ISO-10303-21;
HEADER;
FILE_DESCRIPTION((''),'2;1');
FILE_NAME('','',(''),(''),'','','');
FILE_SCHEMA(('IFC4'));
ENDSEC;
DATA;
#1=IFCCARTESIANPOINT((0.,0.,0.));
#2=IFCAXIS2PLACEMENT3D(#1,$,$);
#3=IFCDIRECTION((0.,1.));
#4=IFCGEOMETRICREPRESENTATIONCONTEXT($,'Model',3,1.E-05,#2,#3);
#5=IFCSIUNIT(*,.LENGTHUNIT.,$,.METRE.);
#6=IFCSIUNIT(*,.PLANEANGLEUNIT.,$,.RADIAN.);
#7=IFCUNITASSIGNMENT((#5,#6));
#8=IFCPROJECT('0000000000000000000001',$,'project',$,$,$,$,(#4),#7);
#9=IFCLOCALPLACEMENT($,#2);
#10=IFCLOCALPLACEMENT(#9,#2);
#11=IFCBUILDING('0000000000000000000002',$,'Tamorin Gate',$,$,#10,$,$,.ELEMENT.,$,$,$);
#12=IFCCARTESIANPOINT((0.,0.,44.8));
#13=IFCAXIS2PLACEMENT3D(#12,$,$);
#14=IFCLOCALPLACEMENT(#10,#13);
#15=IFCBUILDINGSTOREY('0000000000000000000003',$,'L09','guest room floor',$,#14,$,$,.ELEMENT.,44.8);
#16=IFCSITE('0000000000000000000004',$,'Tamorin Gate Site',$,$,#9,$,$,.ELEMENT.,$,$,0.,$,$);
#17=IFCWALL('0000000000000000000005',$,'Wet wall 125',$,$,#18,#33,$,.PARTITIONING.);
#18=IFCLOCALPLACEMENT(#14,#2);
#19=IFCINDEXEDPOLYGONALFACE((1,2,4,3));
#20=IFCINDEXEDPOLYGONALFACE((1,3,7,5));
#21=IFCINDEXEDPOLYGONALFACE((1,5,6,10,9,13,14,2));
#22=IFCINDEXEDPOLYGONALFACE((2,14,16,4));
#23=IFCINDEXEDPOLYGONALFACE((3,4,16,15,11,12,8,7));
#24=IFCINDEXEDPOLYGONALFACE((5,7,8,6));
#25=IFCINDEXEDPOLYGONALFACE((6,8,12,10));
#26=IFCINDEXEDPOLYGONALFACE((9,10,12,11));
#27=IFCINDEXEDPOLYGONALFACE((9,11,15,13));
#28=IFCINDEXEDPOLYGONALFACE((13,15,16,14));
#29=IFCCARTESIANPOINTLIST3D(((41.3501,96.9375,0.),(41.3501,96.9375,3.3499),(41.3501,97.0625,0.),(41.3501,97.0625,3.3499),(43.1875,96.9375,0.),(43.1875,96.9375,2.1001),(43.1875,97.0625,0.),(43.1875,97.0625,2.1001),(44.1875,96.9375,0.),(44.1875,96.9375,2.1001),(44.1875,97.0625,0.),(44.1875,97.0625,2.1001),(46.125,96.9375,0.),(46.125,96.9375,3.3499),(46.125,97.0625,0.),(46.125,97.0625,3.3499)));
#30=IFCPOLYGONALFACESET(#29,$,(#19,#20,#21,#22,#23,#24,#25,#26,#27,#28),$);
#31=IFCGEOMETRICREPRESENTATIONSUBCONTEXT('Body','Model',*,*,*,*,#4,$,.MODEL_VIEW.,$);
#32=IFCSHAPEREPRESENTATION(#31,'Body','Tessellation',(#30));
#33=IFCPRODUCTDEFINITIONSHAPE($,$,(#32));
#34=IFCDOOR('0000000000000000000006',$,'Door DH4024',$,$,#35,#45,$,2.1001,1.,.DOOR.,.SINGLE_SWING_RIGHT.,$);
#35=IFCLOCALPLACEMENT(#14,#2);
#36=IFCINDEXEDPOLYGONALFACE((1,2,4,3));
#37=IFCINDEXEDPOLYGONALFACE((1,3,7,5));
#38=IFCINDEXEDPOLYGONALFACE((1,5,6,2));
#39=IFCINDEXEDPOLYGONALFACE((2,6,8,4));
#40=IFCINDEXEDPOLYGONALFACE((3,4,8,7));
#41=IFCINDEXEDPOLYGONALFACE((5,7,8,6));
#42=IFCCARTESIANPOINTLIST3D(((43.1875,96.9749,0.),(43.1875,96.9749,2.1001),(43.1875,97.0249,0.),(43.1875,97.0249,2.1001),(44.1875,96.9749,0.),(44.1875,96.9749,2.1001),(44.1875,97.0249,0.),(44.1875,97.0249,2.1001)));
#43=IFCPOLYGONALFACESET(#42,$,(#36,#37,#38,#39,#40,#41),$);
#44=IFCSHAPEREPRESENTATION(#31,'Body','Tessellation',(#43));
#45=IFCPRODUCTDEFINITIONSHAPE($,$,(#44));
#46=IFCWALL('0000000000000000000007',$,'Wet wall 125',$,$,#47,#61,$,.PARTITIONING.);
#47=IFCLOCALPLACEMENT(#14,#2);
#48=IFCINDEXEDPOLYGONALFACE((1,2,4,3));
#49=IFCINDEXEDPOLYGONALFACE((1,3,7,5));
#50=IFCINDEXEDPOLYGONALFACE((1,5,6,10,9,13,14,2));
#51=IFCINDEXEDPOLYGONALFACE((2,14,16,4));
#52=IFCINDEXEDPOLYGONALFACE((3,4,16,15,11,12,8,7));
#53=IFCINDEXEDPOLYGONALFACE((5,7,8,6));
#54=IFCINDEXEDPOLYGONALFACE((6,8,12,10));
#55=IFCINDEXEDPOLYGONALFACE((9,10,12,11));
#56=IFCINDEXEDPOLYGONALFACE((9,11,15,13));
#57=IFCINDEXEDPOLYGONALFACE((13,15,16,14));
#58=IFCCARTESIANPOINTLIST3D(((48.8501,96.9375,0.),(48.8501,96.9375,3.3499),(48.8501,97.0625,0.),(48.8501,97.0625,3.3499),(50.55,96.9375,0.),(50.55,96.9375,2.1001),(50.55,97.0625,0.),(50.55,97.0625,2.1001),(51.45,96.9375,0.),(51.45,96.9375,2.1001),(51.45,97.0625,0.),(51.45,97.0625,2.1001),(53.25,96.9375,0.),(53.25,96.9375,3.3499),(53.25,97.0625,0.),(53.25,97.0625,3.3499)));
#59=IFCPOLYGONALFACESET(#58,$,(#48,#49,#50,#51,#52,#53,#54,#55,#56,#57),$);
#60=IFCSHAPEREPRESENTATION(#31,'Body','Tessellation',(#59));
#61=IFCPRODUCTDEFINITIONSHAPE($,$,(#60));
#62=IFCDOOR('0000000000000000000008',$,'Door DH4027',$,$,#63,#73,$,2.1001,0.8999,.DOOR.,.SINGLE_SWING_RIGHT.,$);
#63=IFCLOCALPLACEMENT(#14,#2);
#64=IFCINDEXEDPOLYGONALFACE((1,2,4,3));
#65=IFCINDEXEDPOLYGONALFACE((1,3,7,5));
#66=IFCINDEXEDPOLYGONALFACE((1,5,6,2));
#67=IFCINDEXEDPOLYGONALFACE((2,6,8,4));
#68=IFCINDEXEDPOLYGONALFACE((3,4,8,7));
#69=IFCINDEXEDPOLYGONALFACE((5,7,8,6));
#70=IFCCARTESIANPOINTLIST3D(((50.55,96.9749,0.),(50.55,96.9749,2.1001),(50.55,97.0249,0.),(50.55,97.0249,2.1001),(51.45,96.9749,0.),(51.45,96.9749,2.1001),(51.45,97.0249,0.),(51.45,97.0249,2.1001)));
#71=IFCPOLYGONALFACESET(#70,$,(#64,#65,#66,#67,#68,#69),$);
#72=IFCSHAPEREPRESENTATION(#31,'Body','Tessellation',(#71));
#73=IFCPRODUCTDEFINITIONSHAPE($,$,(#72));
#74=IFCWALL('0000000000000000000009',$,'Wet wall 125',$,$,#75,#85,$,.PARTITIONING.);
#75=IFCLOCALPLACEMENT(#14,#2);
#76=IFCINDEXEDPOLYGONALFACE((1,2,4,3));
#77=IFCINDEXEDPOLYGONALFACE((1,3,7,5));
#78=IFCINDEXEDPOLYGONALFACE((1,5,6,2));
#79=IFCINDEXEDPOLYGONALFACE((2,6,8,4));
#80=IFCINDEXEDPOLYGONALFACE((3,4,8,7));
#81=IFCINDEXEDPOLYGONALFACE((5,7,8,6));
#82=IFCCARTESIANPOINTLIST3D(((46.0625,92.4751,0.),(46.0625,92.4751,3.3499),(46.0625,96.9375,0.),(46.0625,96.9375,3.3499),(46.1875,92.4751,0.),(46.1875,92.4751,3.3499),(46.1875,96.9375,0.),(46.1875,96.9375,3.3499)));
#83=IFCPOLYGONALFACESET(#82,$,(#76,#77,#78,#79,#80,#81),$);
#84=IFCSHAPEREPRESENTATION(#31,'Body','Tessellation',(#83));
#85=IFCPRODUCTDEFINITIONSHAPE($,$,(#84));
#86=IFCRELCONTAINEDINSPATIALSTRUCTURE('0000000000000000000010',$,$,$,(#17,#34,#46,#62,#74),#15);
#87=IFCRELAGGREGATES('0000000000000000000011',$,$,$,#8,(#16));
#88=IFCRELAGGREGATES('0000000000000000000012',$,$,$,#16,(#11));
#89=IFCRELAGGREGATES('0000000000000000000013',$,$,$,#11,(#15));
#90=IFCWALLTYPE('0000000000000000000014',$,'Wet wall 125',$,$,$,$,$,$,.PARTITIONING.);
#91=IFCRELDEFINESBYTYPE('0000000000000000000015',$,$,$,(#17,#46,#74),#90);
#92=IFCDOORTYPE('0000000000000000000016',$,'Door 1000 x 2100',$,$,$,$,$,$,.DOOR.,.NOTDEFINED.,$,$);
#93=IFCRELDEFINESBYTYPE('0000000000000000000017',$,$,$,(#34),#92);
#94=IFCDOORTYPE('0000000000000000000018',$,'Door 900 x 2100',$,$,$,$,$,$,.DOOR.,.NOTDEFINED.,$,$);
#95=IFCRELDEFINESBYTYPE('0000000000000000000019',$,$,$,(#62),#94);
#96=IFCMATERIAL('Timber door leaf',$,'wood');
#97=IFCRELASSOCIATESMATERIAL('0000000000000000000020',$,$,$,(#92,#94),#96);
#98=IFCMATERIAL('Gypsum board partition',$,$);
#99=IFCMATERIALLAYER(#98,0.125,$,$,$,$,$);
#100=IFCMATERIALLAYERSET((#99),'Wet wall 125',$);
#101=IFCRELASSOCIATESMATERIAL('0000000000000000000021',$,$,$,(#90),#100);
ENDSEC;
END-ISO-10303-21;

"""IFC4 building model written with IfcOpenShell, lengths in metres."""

from ifc_helpers import new_model, si_unit, direction, frame, frame_2d, origin, place, context, subcontext, project, spatial, rectangle, extrude, material, layer, layer_set, type_object, element, fill, save


model = new_model("IFC4")

# Units and contexts
model_context = context("Model", 3, precision=1e-05, world=origin(), true_north=direction((0.0, 1.0)))
body_context = subcontext(model_context, "Body", "Model", "MODEL_VIEW")
ifc_project = project(units=[si_unit("LENGTHUNIT", "METRE"), si_unit("PLANEANGLEUNIT", "RADIAN")], contexts=[model_context])

# Site, building, storey
site_placement = place(None, origin())
site = spatial("IfcSite", under=ifc_project, at=site_placement, Name="Tamorin Gate Site", CompositionType="ELEMENT", RefElevation=0.0)
building_placement = place(site_placement, origin())
building = spatial("IfcBuilding", under=site, at=building_placement, Name="Tamorin Gate", CompositionType="ELEMENT")
storey_placement = place(building_placement, frame((0.0, 0.0, 44.8)))
storey = spatial("IfcBuildingStorey", under=building, at=storey_placement, Name="L09", Description="guest room floor", CompositionType="ELEMENT", Elevation=44.8)

# Shared definitions
ifc_material_1 = material(Name="Gypsum board partition")

# Walls, openings, doors
ifc_material_2 = material(Name="Timber door leaf", Category="wood")
door_type_1 = type_object("IfcDoorType", Name="Door 1000 x 2100", OperationType="NOTDEFINED", PredefinedType="DOOR", material=ifc_material_2)
ifc_layer_1 = layer(ifc_material_1, 0.125)
ifc_layer_set_1 = layer_set([ifc_layer_1], Name="Wet wall 125")
wall_type_1 = type_object("IfcWallType", Name="Wet wall 125", PredefinedType="PARTITIONING", material=ifc_layer_set_1)
wall_1_placement = place(storey_placement, frame((41.3501, 97.0, 0.0), z_axis=(0.0, 0.0, 1.0), x_axis=(1.0, 0.0, 0.0)))
wall_1 = element("IfcWall", 1, at=wall_1_placement, inside=storey, type_object=wall_type_1, Name="Wet wall 125", PredefinedType="PARTITIONING", context=body_context, shape_type="SweptSolid", body=[
    extrude(rectangle(XDim=4.7749, YDim=0.125, at=frame_2d((2.3875, 0.0))), origin(), (0.0, 0.0, 1.0), 3.3499),
])
opening_1_placement = place(wall_1_placement, frame((1.8374, 0.0, 0.0)))
opening_1 = element("IfcOpeningElement", 2, at=opening_1_placement, cuts=wall_1, PredefinedType="OPENING", context=body_context, shape_type="SweptSolid", body=[
    extrude(rectangle(XDim=1.0, YDim=2.1001, at=frame_2d((0.5, 1.05))), frame((0.0, 0.0725, 0.0), z_axis=(0.0, -1.0, 0.0), x_axis=(1.0, 0.0, 0.0)), (0.0, 0.0, 1.0), 0.145),
])
door_1_placement = place(opening_1_placement, origin())
door_1 = element("IfcDoor", 3, at=door_1_placement, inside=storey, type_object=door_type_1, Name="Door DH4024", OperationType="SINGLE_SWING_RIGHT", OverallHeight=2.1001, OverallWidth=1.0, PredefinedType="DOOR", context=body_context, shape_type="SweptSolid", body=[
    extrude(rectangle(XDim=1.0, YDim=2.1001, at=frame_2d((0.5, 1.05))), frame((0.0, 0.0249, 0.0), z_axis=(0.0, -1.0, 0.0), x_axis=(1.0, 0.0, 0.0)), (0.0, 0.0, 1.0), 0.05),
])
fill(opening_1, door_1)
wall_2_placement = place(storey_placement, frame((48.8501, 97.0, 0.0), z_axis=(0.0, 0.0, 1.0), x_axis=(1.0, 0.0, 0.0)))
wall_2 = element("IfcWall", 4, at=wall_2_placement, inside=storey, type_object=wall_type_1, Name="Wet wall 125", PredefinedType="PARTITIONING", context=body_context, shape_type="SweptSolid", body=[
    extrude(rectangle(XDim=4.3999, YDim=0.125, at=frame_2d((2.2, 0.0))), origin(), (0.0, 0.0, 1.0), 3.3499),
])
opening_2_placement = place(wall_2_placement, frame((1.7, 0.0, 0.0)))
opening_2 = element("IfcOpeningElement", 5, at=opening_2_placement, cuts=wall_2, PredefinedType="OPENING", context=body_context, shape_type="SweptSolid", body=[
    extrude(rectangle(XDim=0.8999, YDim=2.1001, at=frame_2d((0.45, 1.05))), frame((0.0, 0.0725, 0.0), z_axis=(0.0, -1.0, 0.0), x_axis=(1.0, 0.0, 0.0)), (0.0, 0.0, 1.0), 0.145),
])
door_type_2 = type_object("IfcDoorType", Name="Door 900 x 2100", OperationType="NOTDEFINED", PredefinedType="DOOR", material=ifc_material_2)
door_2_placement = place(opening_2_placement, origin())
door_2 = element("IfcDoor", 6, at=door_2_placement, inside=storey, type_object=door_type_2, Name="Door DH4027", OperationType="SINGLE_SWING_RIGHT", OverallHeight=2.1001, OverallWidth=0.8999, PredefinedType="DOOR", context=body_context, shape_type="SweptSolid", body=[
    extrude(rectangle(XDim=0.8999, YDim=2.1001, at=frame_2d((0.45, 1.05))), frame((0.0, 0.0249, 0.0), z_axis=(0.0, -1.0, 0.0), x_axis=(1.0, 0.0, 0.0)), (0.0, 0.0, 1.0), 0.05),
])
fill(opening_2, door_2)

# Wall
wall_3_placement = place(storey_placement, frame((46.125, 92.4751, 0.0), z_axis=(0.0, 0.0, 1.0), x_axis=(0.0, 1.0, 0.0)))
element("IfcWall", 7, at=wall_3_placement, inside=storey, type_object=wall_type_1, Name="Wet wall 125", PredefinedType="PARTITIONING", context=body_context, shape_type="SweptSolid", body=[
    extrude(rectangle(XDim=4.4624, YDim=0.125, at=frame_2d((2.2312, 0.0))), origin(), (0.0, 0.0, 1.0), 3.3499),
])

save(model, "model.ifc")
